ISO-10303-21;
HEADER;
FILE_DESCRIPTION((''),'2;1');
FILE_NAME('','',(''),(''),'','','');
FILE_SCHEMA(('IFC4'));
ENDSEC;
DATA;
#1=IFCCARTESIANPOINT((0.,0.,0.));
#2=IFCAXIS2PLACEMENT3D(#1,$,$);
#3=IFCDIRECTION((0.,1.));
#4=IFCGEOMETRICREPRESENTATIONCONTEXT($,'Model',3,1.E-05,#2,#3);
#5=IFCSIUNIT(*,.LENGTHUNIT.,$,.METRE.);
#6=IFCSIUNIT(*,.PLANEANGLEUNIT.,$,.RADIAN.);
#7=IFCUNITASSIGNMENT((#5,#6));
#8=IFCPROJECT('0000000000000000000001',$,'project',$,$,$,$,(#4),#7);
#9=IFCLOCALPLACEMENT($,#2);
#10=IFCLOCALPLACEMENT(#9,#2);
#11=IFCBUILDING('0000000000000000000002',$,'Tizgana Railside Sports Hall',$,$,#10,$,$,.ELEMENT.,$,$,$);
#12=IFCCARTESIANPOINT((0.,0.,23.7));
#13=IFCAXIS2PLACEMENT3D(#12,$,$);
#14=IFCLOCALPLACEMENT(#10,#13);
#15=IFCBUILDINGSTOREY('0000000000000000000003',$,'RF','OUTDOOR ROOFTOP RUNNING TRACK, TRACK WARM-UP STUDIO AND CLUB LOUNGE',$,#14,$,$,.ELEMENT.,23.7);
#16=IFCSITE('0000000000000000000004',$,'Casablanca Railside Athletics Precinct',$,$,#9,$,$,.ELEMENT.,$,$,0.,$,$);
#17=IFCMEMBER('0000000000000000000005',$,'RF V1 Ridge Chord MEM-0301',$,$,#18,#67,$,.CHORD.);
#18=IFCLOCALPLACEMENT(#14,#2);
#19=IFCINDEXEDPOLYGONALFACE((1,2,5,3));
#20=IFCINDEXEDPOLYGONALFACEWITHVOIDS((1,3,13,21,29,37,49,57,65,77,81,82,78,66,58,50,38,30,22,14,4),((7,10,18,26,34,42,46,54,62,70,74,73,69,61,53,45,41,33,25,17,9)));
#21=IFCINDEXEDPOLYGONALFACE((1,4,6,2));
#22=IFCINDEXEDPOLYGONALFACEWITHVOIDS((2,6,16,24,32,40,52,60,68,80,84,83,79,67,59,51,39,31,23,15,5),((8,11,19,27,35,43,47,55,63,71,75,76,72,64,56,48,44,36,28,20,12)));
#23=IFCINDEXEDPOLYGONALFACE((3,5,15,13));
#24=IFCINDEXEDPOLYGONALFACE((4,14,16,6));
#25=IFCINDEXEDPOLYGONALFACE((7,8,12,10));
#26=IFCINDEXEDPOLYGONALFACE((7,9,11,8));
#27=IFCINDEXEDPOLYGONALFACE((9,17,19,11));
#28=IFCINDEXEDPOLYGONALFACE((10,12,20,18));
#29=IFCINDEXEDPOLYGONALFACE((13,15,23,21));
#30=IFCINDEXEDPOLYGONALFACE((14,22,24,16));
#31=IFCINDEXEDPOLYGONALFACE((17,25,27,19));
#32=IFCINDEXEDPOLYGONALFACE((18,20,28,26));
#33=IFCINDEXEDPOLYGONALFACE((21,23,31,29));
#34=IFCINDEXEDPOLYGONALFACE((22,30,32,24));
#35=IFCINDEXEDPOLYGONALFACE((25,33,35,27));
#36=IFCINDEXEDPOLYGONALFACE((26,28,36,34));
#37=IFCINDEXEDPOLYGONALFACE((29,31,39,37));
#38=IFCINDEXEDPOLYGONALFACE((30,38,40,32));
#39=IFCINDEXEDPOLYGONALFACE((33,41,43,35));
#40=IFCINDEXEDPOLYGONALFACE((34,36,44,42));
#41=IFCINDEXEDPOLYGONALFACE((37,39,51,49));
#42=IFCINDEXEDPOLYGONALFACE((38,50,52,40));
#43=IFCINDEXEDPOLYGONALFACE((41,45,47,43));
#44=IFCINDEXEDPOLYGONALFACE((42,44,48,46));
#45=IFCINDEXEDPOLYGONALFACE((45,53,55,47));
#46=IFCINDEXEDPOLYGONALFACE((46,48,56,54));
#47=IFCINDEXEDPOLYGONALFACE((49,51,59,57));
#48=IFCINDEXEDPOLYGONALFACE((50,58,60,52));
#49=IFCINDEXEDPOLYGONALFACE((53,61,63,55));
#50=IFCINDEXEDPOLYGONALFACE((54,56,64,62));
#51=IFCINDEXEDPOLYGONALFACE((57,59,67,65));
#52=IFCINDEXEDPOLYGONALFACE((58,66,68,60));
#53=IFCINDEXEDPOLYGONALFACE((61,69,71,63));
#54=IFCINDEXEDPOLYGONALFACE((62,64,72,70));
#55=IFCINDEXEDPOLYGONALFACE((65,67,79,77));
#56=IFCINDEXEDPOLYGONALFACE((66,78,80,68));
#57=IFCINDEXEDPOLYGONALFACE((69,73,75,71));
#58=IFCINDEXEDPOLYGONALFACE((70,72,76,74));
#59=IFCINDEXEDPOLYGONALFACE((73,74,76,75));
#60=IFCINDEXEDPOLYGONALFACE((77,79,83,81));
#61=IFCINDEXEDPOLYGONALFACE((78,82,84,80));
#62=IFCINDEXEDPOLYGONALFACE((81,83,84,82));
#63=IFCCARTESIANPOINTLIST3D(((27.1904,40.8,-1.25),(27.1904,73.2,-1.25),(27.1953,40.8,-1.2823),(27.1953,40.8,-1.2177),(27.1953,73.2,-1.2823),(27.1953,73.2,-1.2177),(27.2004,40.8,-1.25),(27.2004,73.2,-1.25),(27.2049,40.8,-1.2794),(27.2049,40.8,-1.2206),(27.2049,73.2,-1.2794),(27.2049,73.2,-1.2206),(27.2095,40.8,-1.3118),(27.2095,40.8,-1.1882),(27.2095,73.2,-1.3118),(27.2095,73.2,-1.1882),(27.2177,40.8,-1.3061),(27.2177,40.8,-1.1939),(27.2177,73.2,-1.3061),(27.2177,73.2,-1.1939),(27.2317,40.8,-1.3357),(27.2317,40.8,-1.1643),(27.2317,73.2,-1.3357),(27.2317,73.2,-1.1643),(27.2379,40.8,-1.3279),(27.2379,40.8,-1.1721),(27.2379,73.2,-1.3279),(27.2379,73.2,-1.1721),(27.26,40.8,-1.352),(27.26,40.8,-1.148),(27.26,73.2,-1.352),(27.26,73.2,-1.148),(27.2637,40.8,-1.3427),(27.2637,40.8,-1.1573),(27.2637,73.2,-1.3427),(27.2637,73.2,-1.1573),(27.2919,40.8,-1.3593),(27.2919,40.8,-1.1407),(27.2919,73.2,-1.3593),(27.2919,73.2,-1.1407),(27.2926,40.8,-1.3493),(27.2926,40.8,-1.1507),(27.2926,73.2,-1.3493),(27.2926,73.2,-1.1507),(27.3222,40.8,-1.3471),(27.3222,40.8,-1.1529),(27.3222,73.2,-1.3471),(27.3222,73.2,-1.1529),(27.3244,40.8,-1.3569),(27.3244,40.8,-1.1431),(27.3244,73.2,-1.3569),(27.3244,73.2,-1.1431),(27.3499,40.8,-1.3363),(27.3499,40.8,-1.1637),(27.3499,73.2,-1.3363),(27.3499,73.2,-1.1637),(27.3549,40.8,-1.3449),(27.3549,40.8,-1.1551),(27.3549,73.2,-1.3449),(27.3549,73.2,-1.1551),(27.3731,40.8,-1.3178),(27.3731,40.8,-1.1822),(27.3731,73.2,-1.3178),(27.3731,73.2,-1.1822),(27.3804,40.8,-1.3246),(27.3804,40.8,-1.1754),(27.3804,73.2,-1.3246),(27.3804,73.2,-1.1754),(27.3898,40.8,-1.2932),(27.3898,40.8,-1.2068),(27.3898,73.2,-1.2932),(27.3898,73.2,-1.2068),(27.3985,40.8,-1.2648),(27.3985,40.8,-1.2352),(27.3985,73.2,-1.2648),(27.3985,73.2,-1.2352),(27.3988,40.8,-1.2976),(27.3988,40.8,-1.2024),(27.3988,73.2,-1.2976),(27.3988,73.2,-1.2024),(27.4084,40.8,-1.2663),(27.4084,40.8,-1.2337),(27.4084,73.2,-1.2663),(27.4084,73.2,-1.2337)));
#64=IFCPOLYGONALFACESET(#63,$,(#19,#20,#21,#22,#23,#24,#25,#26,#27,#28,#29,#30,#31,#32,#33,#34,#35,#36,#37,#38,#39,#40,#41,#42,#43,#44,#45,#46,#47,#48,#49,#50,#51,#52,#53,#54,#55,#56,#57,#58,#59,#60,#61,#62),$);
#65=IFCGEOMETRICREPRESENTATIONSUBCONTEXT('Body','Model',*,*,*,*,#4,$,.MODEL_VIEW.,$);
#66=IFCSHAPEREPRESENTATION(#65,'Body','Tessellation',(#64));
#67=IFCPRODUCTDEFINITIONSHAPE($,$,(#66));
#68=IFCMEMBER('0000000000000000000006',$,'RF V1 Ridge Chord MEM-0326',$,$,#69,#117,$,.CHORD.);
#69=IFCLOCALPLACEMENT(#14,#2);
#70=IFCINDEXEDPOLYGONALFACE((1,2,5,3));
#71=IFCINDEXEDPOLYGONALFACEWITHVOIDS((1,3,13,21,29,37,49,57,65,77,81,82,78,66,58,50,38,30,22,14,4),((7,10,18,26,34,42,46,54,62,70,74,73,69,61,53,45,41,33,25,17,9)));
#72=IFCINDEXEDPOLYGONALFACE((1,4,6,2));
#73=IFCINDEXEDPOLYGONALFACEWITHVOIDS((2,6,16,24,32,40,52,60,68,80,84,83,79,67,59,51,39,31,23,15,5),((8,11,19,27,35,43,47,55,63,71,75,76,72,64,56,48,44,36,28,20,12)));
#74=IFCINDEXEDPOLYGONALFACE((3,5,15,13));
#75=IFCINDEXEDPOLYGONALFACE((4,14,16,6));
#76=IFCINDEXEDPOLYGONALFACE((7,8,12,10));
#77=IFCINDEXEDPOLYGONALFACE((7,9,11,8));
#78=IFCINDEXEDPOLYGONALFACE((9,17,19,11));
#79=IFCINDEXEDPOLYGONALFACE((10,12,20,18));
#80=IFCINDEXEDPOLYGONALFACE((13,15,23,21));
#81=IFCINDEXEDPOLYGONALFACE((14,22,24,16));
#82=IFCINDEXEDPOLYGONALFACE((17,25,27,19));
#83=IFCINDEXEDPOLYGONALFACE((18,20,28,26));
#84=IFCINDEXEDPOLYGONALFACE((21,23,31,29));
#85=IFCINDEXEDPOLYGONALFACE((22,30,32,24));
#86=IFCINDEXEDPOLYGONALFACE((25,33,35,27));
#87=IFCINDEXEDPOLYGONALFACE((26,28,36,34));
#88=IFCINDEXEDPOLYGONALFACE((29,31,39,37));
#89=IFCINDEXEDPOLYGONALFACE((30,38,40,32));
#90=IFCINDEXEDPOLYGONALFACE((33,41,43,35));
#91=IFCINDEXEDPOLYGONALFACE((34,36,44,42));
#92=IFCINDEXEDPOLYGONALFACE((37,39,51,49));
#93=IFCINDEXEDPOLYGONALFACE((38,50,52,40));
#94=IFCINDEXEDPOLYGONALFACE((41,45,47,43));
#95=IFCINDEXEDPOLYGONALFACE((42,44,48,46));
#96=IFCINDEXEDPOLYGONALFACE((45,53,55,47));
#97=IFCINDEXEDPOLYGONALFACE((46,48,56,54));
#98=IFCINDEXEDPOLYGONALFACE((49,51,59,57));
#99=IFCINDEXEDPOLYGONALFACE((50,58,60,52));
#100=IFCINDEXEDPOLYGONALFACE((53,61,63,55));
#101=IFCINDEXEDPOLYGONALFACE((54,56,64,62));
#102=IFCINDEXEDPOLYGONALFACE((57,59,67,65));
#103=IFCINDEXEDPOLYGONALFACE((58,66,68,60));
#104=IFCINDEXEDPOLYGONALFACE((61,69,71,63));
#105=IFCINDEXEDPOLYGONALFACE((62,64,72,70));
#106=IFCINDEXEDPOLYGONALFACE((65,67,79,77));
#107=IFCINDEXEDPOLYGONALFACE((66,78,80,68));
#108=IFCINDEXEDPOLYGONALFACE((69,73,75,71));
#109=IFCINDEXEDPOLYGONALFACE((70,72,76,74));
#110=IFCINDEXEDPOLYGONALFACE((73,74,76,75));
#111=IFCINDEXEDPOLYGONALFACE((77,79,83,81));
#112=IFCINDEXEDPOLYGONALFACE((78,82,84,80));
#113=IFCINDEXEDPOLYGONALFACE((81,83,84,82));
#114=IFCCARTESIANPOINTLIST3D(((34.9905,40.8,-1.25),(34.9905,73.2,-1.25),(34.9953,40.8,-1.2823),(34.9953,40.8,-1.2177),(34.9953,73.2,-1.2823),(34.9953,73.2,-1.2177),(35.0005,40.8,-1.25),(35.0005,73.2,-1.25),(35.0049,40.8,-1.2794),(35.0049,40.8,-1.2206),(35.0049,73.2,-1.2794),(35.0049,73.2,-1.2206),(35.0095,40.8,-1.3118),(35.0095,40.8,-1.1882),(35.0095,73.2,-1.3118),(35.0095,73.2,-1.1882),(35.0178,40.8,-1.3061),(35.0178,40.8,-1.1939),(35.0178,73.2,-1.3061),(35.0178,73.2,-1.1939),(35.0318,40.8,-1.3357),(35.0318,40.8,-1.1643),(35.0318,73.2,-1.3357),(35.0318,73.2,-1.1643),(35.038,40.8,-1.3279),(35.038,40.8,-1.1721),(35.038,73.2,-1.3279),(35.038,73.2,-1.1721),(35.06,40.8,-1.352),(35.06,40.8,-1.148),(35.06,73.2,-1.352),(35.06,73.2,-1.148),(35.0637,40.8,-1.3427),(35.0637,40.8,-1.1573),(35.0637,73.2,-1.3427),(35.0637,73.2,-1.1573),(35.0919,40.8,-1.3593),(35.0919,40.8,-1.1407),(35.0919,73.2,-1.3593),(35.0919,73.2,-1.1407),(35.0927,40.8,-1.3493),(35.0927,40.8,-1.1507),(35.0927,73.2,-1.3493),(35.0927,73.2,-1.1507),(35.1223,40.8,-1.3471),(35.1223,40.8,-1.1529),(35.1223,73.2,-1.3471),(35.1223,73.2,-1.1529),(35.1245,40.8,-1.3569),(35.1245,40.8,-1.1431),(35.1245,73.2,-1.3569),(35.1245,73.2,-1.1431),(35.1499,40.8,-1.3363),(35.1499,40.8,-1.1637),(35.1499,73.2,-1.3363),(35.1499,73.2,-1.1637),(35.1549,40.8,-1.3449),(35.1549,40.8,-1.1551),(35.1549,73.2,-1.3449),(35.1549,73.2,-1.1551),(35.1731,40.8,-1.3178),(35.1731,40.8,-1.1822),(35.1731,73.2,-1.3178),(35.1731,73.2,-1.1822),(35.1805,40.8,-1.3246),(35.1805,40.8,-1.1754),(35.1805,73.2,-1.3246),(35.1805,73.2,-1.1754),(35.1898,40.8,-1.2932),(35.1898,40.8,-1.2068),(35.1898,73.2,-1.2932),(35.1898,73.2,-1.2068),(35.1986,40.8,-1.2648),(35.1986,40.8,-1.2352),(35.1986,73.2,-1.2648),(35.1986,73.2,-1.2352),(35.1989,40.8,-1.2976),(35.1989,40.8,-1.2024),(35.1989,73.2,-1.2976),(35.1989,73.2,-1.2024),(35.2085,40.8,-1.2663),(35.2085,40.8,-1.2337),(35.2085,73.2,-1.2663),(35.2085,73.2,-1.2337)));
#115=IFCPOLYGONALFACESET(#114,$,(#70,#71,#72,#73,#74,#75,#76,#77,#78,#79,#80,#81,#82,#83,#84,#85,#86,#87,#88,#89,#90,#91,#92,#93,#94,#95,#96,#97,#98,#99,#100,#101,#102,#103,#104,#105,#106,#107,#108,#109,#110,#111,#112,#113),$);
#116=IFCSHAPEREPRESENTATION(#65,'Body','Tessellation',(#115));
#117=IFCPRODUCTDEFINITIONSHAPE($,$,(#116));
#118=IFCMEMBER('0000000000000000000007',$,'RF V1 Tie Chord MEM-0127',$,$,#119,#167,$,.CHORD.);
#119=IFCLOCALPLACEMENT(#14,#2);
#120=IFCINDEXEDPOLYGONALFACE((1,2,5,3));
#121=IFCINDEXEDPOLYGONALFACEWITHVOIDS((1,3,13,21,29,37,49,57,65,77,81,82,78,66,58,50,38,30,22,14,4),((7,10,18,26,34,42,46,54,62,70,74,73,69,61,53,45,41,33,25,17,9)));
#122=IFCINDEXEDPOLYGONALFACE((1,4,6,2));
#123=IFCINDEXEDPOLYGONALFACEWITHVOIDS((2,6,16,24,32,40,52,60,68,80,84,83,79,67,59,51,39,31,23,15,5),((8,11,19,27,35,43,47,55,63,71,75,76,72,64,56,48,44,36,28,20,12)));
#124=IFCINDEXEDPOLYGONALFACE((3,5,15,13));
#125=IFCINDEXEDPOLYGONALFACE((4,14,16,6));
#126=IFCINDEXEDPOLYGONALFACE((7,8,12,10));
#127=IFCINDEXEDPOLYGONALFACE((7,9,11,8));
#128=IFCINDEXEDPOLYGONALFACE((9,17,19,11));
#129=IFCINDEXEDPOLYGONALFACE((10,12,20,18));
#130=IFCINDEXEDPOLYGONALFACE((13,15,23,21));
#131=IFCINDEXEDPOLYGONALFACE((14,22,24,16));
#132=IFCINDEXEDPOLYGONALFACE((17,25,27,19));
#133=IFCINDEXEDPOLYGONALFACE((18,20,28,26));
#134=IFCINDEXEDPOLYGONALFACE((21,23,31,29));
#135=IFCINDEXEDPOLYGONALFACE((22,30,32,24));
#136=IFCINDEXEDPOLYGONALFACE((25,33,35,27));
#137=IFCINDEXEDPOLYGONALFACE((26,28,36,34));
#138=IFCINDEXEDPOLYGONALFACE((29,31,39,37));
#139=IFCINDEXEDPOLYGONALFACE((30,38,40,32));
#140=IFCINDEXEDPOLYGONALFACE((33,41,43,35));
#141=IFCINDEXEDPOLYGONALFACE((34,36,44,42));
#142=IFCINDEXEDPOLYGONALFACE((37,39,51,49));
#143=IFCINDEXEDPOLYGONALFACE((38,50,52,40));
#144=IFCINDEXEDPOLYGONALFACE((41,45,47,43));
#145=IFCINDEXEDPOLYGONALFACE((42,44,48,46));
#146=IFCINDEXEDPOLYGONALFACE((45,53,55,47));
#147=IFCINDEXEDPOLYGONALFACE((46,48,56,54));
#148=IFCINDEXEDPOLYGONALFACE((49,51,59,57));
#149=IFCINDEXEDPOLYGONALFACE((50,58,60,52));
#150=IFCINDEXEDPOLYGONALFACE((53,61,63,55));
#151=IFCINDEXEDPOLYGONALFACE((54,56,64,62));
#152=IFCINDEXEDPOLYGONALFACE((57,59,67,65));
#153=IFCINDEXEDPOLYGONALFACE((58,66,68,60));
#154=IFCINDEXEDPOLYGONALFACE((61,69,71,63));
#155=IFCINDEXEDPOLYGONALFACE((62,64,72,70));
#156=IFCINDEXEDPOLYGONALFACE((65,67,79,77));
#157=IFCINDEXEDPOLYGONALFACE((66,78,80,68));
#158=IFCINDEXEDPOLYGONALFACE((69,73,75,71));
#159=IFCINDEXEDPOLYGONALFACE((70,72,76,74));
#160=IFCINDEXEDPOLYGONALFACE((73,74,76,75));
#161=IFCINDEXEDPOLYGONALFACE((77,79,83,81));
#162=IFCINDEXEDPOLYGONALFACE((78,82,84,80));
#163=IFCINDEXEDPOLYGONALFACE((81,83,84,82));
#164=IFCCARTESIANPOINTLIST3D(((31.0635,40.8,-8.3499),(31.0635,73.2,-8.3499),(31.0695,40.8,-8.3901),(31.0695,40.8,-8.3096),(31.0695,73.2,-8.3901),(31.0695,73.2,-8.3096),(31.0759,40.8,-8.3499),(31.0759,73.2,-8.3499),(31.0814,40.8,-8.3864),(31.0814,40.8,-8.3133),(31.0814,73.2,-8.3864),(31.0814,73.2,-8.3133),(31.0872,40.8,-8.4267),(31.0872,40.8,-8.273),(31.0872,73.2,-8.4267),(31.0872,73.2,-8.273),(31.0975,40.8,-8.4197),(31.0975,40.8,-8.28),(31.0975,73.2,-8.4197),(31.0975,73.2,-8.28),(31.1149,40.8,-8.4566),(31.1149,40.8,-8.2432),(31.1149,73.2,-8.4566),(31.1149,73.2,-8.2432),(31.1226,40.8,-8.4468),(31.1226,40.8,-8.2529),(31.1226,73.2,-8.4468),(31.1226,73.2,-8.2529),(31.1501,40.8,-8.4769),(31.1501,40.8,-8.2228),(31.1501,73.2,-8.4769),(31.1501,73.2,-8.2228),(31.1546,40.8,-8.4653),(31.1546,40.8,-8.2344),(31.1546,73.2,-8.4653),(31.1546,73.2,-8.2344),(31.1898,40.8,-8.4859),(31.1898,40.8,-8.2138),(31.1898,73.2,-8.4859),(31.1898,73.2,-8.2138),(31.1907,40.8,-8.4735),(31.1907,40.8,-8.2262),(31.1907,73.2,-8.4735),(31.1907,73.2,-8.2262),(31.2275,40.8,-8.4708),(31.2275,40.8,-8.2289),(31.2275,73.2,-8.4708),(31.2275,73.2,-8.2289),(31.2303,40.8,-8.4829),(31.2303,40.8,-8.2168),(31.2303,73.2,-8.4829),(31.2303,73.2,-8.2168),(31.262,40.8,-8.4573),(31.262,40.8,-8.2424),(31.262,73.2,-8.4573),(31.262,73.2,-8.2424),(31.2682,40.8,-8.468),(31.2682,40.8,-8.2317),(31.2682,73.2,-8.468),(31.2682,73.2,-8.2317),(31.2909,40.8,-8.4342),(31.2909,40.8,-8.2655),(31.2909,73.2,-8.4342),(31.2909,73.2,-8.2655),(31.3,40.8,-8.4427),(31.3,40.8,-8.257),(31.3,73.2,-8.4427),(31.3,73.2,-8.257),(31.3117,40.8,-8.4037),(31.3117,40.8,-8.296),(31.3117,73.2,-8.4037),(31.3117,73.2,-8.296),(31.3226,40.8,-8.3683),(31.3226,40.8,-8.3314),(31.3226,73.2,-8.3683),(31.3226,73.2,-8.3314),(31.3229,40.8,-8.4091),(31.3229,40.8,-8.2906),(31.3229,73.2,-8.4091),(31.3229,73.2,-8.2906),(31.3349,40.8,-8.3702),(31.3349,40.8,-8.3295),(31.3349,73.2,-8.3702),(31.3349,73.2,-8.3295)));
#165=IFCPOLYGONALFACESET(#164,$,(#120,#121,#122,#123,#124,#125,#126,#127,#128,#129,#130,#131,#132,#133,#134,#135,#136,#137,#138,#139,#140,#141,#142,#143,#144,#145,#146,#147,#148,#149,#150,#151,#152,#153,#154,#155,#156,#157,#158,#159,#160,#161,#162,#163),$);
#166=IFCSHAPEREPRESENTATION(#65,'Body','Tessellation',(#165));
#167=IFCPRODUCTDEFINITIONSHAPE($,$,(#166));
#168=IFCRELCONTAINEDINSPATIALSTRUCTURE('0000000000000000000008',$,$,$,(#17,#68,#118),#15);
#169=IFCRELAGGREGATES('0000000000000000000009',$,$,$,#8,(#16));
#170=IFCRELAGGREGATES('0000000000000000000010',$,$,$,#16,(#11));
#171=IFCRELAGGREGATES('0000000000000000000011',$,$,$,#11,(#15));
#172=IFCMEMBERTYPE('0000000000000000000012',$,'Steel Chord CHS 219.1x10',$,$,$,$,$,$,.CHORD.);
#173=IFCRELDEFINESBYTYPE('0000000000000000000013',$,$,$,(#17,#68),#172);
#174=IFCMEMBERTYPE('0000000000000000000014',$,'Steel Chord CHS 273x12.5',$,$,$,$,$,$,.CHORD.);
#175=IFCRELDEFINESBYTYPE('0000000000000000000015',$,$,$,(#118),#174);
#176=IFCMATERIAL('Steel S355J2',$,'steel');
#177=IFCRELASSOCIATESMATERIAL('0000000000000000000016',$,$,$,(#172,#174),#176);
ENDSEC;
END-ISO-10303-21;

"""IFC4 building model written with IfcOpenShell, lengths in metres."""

from ifc_helpers import new_model, si_unit, direction, frame, origin, origin_2d, place, context, subcontext, project, spatial, hollow_circle, extrude, material, material_profile, profile_set, type_object, element, save


model = new_model("IFC4")

# Units and contexts
model_context = context("Model", 3, precision=1e-05, world=origin(), true_north=direction((0.0, 1.0)))
body_context = subcontext(model_context, "Body", "Model", "MODEL_VIEW")
ifc_project = project(units=[si_unit("LENGTHUNIT", "METRE"), si_unit("PLANEANGLEUNIT", "RADIAN")], contexts=[model_context])

# Site, building, storey
site_placement = place(None, origin())
site = spatial("IfcSite", under=ifc_project, at=site_placement, Name="Casablanca Railside Athletics Precinct", CompositionType="ELEMENT", RefElevation=0.0)
building_placement = place(site_placement, origin())
building = spatial("IfcBuilding", under=site, at=building_placement, Name="Tizgana Railside Sports Hall", CompositionType="ELEMENT")
storey_placement = place(building_placement, frame((0.0, 0.0, 23.7)))
storey = spatial("IfcBuildingStorey", under=building, at=storey_placement, Name="RF", Description="OUTDOOR ROOFTOP RUNNING TRACK, TRACK WARM-UP STUDIO AND CLUB LOUNGE", CompositionType="ELEMENT", Elevation=23.7)

# Members
ifc_material_1 = material(Name="Steel S355J2", Category="steel")
ifc_material_profile_1 = material_profile(ifc_material_1, hollow_circle(Radius=0.1096, WallThickness=0.01, at=origin_2d()), Name="CHS 219.1x10")
ifc_profile_set_1 = profile_set([ifc_material_profile_1], Name="Steel S355J2")
member_type_1 = type_object("IfcMemberType", Name="Steel Chord CHS 219.1x10", PredefinedType="CHORD", material=ifc_profile_set_1)
for number, where, z_axis, x_axis, name in (
    (1, (27.3, 40.8, -1.25), (0.0, 1.0, 0.0), (-1.0, 0.0, 0.0), "RF V1 Ridge Chord MEM-0301"),
    (2, (35.1001, 40.8, -1.25), (0.0, 1.0, 0.0), (-1.0, 0.0, 0.0), "RF V1 Ridge Chord MEM-0326"),
):
    element("IfcMember", number, at=place(storey_placement, frame(where, z_axis=z_axis, x_axis=x_axis)), inside=storey, type_object=member_type_1, Name=name, PredefinedType="CHORD", context=body_context, shape_type="SweptSolid", body=[
        extrude(hollow_circle(Radius=0.1096, WallThickness=0.01, at=origin_2d()), origin(), (0.0, 0.0, 1.0), 32.3999),
    ])
ifc_material_profile_2 = material_profile(ifc_material_1, hollow_circle(Radius=0.1365, WallThickness=0.0125, at=origin_2d()), Name="CHS 273x12.5")
ifc_profile_set_2 = profile_set([ifc_material_profile_2], Name="Steel S355J2")
member_type_2 = type_object("IfcMemberType", Name="Steel Chord CHS 273x12.5", PredefinedType="CHORD", material=ifc_profile_set_2)
for number, where, z_axis, x_axis, name in (
    (3, (31.2, 40.8, -8.3499), (0.0, 1.0, 0.0), (-1.0, 0.0, 0.0), "RF V1 Tie Chord MEM-0127"),
):
    element("IfcMember", number, at=place(storey_placement, frame(where, z_axis=z_axis, x_axis=x_axis)), inside=storey, type_object=member_type_2, Name=name, PredefinedType="CHORD", context=body_context, shape_type="SweptSolid", body=[
        extrude(hollow_circle(Radius=0.1365, WallThickness=0.0125, at=origin_2d()), origin(), (0.0, 0.0, 1.0), 32.3999),
    ])

save(model, "model.ifc")
